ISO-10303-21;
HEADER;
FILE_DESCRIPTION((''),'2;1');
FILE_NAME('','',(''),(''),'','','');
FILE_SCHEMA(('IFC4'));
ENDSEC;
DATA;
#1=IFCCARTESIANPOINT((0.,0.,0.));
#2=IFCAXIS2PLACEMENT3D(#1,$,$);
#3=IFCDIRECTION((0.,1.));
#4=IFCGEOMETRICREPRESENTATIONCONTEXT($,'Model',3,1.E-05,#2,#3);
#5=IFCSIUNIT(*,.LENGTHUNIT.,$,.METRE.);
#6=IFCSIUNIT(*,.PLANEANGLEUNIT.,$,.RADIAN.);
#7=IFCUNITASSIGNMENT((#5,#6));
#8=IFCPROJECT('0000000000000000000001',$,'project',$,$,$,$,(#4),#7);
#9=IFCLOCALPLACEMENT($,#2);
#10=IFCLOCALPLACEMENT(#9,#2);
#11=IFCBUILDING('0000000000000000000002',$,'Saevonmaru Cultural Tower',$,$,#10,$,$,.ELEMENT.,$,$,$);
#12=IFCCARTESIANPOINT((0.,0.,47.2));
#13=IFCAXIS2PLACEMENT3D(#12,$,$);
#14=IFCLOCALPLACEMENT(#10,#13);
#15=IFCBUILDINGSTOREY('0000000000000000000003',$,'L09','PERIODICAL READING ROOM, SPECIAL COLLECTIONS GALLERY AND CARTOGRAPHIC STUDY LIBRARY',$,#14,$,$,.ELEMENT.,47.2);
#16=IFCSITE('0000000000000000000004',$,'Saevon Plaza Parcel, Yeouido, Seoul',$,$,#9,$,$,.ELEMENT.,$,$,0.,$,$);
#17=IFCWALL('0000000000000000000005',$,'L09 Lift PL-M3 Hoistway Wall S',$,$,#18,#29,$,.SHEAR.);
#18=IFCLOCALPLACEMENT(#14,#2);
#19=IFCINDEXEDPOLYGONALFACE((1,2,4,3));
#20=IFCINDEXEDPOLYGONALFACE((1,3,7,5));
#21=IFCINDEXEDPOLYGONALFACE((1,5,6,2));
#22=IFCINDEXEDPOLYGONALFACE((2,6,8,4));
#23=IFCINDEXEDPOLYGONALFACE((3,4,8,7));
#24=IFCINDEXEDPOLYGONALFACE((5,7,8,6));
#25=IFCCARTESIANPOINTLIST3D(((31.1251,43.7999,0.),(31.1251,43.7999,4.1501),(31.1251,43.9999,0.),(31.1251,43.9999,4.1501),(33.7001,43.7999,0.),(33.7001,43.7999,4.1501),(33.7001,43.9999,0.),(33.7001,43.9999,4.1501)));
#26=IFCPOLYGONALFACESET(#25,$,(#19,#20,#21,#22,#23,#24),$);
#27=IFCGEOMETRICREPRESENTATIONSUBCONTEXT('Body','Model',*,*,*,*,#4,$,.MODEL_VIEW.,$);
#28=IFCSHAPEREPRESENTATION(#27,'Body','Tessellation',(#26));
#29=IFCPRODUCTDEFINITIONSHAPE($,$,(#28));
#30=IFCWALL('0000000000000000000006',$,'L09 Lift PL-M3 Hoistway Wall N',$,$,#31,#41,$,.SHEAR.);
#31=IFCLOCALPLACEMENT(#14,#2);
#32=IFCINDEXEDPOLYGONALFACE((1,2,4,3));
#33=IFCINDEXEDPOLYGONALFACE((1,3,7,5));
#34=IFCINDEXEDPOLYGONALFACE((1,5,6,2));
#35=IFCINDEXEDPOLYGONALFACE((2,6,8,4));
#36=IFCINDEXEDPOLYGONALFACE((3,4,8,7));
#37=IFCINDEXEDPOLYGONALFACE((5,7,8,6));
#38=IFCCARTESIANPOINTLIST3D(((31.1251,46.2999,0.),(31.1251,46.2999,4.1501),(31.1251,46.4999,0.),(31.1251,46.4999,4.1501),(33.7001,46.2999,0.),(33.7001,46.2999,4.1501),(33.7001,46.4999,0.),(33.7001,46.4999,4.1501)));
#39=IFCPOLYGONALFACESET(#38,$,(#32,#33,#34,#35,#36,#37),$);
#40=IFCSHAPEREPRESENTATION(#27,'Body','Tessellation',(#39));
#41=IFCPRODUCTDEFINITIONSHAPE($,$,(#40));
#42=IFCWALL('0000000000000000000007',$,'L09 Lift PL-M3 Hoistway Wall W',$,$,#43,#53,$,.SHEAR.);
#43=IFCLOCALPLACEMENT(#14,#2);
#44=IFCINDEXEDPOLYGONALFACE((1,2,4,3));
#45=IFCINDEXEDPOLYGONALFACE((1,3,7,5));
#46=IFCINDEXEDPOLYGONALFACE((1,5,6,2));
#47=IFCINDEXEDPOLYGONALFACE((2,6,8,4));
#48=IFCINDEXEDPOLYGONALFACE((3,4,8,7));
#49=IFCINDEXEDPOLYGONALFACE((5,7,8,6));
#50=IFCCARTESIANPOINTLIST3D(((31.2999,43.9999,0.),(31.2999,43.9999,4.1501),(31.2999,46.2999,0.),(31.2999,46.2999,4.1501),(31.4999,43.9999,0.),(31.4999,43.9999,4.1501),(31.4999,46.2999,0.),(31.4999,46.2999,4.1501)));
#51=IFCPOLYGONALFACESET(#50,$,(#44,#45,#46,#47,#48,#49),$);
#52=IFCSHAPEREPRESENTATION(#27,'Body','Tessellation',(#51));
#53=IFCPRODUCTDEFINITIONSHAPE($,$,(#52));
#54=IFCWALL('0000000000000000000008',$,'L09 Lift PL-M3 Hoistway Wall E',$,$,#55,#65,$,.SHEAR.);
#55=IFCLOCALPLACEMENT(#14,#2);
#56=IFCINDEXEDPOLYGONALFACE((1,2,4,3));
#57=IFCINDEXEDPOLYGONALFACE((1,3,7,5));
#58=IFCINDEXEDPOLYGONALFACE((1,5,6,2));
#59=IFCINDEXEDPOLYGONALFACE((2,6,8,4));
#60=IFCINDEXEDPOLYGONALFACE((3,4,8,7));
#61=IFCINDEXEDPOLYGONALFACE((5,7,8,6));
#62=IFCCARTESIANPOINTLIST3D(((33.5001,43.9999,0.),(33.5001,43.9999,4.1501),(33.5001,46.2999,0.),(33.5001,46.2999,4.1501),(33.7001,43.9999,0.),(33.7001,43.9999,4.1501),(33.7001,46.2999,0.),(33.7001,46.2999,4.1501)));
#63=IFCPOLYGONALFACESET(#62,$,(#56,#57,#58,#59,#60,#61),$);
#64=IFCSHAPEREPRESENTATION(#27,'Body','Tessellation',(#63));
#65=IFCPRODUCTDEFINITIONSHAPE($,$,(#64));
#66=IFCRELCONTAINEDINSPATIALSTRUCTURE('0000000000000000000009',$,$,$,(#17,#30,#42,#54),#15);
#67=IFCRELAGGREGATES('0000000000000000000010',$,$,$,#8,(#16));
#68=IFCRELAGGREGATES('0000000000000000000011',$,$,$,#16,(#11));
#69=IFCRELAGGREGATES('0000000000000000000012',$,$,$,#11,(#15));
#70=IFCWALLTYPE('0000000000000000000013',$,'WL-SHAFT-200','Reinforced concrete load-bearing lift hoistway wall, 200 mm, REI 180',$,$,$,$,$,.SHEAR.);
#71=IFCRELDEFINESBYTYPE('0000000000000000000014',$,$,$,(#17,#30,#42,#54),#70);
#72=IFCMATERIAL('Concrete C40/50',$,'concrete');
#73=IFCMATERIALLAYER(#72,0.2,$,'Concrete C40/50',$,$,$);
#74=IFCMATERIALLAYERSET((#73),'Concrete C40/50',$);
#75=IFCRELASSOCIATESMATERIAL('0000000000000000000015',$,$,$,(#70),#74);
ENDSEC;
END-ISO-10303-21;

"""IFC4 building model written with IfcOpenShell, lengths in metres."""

from ifc_helpers import new_model, si_unit, direction, frame, frame_2d, origin, place, context, subcontext, project, spatial, rectangle, extrude, material, layer, layer_set, type_object, element, save


model = new_model("IFC4")

# Units and contexts
model_context = context("Model", 3, precision=1e-05, world=origin(), true_north=direction((0.0, 1.0)))
body_context = subcontext(model_context, "Body", "Model", "MODEL_VIEW")
ifc_project = project(units=[si_unit("LENGTHUNIT", "METRE"), si_unit("PLANEANGLEUNIT", "RADIAN")], contexts=[model_context])

# Site, building, storey
site_placement = place(None, origin())
site = spatial("IfcSite", under=ifc_project, at=site_placement, Name="Saevon Plaza Parcel, Yeouido, Seoul", CompositionType="ELEMENT", RefElevation=0.0)
building_placement = place(site_placement, origin())
building = spatial("IfcBuilding", under=site, at=building_placement, Name="Saevonmaru Cultural Tower", CompositionType="ELEMENT")
storey_placement = place(building_placement, frame((0.0, 0.0, 47.2)))
storey = spatial("IfcBuildingStorey", under=building, at=storey_placement, Name="L09", Description="PERIODICAL READING ROOM, SPECIAL COLLECTIONS GALLERY AND CARTOGRAPHIC STUDY LIBRARY", CompositionType="ELEMENT", Elevation=47.2)

# Walls
ifc_material_1 = material(Name="Concrete C40/50", Category="concrete")
ifc_layer_1 = layer(ifc_material_1, 0.2, Name="Concrete C40/50")
ifc_layer_set_1 = layer_set([ifc_layer_1], Name="Concrete C40/50")
wall_type_1 = type_object("IfcWallType", Name="WL-SHAFT-200", Description="Reinforced concrete load-bearing lift hoistway wall, 200 mm, REI 180", PredefinedType="SHEAR", material=ifc_layer_set_1)
for number, where, z_axis, x_axis, name in (
    (1, (31.125, 43.8999, 0.0), (0.0, 0.0, 1.0), (1.0, 0.0, 0.0), "L09 Lift PL-M3 Hoistway Wall S"),
    (2, (31.125, 46.3999, 0.0), (0.0, 0.0, 1.0), (1.0, 0.0, 0.0), "L09 Lift PL-M3 Hoistway Wall N"),
):
    element("IfcWall", number, at=place(storey_placement, frame(where, z_axis=z_axis, x_axis=x_axis)), inside=storey, type_object=wall_type_1, Name=name, PredefinedType="SHEAR", context=body_context, shape_type="SweptSolid", body=[
        extrude(rectangle(XDim=2.575, YDim=0.2, at=frame_2d((1.2876, 0.0))), origin(), (0.0, 0.0, 1.0), 4.1501),
    ])
for number, where, z_axis, x_axis, name in (
    (3, (31.3999, 44.0, 0.0), (0.0, 0.0, 1.0), (0.0, 1.0, 0.0), "L09 Lift PL-M3 Hoistway Wall W"),
    (4, (33.6001, 44.0, 0.0), (0.0, 0.0, 1.0), (0.0, 1.0, 0.0), "L09 Lift PL-M3 Hoistway Wall E"),
):
    element("IfcWall", number, at=place(storey_placement, frame(where, z_axis=z_axis, x_axis=x_axis)), inside=storey, type_object=wall_type_1, Name=name, PredefinedType="SHEAR", context=body_context, shape_type="SweptSolid", body=[
        extrude(rectangle(XDim=2.3, YDim=0.2, at=frame_2d((1.1499, 0.0))), origin(), (0.0, 0.0, 1.0), 4.1501),
    ])

save(model, "model.ifc")
